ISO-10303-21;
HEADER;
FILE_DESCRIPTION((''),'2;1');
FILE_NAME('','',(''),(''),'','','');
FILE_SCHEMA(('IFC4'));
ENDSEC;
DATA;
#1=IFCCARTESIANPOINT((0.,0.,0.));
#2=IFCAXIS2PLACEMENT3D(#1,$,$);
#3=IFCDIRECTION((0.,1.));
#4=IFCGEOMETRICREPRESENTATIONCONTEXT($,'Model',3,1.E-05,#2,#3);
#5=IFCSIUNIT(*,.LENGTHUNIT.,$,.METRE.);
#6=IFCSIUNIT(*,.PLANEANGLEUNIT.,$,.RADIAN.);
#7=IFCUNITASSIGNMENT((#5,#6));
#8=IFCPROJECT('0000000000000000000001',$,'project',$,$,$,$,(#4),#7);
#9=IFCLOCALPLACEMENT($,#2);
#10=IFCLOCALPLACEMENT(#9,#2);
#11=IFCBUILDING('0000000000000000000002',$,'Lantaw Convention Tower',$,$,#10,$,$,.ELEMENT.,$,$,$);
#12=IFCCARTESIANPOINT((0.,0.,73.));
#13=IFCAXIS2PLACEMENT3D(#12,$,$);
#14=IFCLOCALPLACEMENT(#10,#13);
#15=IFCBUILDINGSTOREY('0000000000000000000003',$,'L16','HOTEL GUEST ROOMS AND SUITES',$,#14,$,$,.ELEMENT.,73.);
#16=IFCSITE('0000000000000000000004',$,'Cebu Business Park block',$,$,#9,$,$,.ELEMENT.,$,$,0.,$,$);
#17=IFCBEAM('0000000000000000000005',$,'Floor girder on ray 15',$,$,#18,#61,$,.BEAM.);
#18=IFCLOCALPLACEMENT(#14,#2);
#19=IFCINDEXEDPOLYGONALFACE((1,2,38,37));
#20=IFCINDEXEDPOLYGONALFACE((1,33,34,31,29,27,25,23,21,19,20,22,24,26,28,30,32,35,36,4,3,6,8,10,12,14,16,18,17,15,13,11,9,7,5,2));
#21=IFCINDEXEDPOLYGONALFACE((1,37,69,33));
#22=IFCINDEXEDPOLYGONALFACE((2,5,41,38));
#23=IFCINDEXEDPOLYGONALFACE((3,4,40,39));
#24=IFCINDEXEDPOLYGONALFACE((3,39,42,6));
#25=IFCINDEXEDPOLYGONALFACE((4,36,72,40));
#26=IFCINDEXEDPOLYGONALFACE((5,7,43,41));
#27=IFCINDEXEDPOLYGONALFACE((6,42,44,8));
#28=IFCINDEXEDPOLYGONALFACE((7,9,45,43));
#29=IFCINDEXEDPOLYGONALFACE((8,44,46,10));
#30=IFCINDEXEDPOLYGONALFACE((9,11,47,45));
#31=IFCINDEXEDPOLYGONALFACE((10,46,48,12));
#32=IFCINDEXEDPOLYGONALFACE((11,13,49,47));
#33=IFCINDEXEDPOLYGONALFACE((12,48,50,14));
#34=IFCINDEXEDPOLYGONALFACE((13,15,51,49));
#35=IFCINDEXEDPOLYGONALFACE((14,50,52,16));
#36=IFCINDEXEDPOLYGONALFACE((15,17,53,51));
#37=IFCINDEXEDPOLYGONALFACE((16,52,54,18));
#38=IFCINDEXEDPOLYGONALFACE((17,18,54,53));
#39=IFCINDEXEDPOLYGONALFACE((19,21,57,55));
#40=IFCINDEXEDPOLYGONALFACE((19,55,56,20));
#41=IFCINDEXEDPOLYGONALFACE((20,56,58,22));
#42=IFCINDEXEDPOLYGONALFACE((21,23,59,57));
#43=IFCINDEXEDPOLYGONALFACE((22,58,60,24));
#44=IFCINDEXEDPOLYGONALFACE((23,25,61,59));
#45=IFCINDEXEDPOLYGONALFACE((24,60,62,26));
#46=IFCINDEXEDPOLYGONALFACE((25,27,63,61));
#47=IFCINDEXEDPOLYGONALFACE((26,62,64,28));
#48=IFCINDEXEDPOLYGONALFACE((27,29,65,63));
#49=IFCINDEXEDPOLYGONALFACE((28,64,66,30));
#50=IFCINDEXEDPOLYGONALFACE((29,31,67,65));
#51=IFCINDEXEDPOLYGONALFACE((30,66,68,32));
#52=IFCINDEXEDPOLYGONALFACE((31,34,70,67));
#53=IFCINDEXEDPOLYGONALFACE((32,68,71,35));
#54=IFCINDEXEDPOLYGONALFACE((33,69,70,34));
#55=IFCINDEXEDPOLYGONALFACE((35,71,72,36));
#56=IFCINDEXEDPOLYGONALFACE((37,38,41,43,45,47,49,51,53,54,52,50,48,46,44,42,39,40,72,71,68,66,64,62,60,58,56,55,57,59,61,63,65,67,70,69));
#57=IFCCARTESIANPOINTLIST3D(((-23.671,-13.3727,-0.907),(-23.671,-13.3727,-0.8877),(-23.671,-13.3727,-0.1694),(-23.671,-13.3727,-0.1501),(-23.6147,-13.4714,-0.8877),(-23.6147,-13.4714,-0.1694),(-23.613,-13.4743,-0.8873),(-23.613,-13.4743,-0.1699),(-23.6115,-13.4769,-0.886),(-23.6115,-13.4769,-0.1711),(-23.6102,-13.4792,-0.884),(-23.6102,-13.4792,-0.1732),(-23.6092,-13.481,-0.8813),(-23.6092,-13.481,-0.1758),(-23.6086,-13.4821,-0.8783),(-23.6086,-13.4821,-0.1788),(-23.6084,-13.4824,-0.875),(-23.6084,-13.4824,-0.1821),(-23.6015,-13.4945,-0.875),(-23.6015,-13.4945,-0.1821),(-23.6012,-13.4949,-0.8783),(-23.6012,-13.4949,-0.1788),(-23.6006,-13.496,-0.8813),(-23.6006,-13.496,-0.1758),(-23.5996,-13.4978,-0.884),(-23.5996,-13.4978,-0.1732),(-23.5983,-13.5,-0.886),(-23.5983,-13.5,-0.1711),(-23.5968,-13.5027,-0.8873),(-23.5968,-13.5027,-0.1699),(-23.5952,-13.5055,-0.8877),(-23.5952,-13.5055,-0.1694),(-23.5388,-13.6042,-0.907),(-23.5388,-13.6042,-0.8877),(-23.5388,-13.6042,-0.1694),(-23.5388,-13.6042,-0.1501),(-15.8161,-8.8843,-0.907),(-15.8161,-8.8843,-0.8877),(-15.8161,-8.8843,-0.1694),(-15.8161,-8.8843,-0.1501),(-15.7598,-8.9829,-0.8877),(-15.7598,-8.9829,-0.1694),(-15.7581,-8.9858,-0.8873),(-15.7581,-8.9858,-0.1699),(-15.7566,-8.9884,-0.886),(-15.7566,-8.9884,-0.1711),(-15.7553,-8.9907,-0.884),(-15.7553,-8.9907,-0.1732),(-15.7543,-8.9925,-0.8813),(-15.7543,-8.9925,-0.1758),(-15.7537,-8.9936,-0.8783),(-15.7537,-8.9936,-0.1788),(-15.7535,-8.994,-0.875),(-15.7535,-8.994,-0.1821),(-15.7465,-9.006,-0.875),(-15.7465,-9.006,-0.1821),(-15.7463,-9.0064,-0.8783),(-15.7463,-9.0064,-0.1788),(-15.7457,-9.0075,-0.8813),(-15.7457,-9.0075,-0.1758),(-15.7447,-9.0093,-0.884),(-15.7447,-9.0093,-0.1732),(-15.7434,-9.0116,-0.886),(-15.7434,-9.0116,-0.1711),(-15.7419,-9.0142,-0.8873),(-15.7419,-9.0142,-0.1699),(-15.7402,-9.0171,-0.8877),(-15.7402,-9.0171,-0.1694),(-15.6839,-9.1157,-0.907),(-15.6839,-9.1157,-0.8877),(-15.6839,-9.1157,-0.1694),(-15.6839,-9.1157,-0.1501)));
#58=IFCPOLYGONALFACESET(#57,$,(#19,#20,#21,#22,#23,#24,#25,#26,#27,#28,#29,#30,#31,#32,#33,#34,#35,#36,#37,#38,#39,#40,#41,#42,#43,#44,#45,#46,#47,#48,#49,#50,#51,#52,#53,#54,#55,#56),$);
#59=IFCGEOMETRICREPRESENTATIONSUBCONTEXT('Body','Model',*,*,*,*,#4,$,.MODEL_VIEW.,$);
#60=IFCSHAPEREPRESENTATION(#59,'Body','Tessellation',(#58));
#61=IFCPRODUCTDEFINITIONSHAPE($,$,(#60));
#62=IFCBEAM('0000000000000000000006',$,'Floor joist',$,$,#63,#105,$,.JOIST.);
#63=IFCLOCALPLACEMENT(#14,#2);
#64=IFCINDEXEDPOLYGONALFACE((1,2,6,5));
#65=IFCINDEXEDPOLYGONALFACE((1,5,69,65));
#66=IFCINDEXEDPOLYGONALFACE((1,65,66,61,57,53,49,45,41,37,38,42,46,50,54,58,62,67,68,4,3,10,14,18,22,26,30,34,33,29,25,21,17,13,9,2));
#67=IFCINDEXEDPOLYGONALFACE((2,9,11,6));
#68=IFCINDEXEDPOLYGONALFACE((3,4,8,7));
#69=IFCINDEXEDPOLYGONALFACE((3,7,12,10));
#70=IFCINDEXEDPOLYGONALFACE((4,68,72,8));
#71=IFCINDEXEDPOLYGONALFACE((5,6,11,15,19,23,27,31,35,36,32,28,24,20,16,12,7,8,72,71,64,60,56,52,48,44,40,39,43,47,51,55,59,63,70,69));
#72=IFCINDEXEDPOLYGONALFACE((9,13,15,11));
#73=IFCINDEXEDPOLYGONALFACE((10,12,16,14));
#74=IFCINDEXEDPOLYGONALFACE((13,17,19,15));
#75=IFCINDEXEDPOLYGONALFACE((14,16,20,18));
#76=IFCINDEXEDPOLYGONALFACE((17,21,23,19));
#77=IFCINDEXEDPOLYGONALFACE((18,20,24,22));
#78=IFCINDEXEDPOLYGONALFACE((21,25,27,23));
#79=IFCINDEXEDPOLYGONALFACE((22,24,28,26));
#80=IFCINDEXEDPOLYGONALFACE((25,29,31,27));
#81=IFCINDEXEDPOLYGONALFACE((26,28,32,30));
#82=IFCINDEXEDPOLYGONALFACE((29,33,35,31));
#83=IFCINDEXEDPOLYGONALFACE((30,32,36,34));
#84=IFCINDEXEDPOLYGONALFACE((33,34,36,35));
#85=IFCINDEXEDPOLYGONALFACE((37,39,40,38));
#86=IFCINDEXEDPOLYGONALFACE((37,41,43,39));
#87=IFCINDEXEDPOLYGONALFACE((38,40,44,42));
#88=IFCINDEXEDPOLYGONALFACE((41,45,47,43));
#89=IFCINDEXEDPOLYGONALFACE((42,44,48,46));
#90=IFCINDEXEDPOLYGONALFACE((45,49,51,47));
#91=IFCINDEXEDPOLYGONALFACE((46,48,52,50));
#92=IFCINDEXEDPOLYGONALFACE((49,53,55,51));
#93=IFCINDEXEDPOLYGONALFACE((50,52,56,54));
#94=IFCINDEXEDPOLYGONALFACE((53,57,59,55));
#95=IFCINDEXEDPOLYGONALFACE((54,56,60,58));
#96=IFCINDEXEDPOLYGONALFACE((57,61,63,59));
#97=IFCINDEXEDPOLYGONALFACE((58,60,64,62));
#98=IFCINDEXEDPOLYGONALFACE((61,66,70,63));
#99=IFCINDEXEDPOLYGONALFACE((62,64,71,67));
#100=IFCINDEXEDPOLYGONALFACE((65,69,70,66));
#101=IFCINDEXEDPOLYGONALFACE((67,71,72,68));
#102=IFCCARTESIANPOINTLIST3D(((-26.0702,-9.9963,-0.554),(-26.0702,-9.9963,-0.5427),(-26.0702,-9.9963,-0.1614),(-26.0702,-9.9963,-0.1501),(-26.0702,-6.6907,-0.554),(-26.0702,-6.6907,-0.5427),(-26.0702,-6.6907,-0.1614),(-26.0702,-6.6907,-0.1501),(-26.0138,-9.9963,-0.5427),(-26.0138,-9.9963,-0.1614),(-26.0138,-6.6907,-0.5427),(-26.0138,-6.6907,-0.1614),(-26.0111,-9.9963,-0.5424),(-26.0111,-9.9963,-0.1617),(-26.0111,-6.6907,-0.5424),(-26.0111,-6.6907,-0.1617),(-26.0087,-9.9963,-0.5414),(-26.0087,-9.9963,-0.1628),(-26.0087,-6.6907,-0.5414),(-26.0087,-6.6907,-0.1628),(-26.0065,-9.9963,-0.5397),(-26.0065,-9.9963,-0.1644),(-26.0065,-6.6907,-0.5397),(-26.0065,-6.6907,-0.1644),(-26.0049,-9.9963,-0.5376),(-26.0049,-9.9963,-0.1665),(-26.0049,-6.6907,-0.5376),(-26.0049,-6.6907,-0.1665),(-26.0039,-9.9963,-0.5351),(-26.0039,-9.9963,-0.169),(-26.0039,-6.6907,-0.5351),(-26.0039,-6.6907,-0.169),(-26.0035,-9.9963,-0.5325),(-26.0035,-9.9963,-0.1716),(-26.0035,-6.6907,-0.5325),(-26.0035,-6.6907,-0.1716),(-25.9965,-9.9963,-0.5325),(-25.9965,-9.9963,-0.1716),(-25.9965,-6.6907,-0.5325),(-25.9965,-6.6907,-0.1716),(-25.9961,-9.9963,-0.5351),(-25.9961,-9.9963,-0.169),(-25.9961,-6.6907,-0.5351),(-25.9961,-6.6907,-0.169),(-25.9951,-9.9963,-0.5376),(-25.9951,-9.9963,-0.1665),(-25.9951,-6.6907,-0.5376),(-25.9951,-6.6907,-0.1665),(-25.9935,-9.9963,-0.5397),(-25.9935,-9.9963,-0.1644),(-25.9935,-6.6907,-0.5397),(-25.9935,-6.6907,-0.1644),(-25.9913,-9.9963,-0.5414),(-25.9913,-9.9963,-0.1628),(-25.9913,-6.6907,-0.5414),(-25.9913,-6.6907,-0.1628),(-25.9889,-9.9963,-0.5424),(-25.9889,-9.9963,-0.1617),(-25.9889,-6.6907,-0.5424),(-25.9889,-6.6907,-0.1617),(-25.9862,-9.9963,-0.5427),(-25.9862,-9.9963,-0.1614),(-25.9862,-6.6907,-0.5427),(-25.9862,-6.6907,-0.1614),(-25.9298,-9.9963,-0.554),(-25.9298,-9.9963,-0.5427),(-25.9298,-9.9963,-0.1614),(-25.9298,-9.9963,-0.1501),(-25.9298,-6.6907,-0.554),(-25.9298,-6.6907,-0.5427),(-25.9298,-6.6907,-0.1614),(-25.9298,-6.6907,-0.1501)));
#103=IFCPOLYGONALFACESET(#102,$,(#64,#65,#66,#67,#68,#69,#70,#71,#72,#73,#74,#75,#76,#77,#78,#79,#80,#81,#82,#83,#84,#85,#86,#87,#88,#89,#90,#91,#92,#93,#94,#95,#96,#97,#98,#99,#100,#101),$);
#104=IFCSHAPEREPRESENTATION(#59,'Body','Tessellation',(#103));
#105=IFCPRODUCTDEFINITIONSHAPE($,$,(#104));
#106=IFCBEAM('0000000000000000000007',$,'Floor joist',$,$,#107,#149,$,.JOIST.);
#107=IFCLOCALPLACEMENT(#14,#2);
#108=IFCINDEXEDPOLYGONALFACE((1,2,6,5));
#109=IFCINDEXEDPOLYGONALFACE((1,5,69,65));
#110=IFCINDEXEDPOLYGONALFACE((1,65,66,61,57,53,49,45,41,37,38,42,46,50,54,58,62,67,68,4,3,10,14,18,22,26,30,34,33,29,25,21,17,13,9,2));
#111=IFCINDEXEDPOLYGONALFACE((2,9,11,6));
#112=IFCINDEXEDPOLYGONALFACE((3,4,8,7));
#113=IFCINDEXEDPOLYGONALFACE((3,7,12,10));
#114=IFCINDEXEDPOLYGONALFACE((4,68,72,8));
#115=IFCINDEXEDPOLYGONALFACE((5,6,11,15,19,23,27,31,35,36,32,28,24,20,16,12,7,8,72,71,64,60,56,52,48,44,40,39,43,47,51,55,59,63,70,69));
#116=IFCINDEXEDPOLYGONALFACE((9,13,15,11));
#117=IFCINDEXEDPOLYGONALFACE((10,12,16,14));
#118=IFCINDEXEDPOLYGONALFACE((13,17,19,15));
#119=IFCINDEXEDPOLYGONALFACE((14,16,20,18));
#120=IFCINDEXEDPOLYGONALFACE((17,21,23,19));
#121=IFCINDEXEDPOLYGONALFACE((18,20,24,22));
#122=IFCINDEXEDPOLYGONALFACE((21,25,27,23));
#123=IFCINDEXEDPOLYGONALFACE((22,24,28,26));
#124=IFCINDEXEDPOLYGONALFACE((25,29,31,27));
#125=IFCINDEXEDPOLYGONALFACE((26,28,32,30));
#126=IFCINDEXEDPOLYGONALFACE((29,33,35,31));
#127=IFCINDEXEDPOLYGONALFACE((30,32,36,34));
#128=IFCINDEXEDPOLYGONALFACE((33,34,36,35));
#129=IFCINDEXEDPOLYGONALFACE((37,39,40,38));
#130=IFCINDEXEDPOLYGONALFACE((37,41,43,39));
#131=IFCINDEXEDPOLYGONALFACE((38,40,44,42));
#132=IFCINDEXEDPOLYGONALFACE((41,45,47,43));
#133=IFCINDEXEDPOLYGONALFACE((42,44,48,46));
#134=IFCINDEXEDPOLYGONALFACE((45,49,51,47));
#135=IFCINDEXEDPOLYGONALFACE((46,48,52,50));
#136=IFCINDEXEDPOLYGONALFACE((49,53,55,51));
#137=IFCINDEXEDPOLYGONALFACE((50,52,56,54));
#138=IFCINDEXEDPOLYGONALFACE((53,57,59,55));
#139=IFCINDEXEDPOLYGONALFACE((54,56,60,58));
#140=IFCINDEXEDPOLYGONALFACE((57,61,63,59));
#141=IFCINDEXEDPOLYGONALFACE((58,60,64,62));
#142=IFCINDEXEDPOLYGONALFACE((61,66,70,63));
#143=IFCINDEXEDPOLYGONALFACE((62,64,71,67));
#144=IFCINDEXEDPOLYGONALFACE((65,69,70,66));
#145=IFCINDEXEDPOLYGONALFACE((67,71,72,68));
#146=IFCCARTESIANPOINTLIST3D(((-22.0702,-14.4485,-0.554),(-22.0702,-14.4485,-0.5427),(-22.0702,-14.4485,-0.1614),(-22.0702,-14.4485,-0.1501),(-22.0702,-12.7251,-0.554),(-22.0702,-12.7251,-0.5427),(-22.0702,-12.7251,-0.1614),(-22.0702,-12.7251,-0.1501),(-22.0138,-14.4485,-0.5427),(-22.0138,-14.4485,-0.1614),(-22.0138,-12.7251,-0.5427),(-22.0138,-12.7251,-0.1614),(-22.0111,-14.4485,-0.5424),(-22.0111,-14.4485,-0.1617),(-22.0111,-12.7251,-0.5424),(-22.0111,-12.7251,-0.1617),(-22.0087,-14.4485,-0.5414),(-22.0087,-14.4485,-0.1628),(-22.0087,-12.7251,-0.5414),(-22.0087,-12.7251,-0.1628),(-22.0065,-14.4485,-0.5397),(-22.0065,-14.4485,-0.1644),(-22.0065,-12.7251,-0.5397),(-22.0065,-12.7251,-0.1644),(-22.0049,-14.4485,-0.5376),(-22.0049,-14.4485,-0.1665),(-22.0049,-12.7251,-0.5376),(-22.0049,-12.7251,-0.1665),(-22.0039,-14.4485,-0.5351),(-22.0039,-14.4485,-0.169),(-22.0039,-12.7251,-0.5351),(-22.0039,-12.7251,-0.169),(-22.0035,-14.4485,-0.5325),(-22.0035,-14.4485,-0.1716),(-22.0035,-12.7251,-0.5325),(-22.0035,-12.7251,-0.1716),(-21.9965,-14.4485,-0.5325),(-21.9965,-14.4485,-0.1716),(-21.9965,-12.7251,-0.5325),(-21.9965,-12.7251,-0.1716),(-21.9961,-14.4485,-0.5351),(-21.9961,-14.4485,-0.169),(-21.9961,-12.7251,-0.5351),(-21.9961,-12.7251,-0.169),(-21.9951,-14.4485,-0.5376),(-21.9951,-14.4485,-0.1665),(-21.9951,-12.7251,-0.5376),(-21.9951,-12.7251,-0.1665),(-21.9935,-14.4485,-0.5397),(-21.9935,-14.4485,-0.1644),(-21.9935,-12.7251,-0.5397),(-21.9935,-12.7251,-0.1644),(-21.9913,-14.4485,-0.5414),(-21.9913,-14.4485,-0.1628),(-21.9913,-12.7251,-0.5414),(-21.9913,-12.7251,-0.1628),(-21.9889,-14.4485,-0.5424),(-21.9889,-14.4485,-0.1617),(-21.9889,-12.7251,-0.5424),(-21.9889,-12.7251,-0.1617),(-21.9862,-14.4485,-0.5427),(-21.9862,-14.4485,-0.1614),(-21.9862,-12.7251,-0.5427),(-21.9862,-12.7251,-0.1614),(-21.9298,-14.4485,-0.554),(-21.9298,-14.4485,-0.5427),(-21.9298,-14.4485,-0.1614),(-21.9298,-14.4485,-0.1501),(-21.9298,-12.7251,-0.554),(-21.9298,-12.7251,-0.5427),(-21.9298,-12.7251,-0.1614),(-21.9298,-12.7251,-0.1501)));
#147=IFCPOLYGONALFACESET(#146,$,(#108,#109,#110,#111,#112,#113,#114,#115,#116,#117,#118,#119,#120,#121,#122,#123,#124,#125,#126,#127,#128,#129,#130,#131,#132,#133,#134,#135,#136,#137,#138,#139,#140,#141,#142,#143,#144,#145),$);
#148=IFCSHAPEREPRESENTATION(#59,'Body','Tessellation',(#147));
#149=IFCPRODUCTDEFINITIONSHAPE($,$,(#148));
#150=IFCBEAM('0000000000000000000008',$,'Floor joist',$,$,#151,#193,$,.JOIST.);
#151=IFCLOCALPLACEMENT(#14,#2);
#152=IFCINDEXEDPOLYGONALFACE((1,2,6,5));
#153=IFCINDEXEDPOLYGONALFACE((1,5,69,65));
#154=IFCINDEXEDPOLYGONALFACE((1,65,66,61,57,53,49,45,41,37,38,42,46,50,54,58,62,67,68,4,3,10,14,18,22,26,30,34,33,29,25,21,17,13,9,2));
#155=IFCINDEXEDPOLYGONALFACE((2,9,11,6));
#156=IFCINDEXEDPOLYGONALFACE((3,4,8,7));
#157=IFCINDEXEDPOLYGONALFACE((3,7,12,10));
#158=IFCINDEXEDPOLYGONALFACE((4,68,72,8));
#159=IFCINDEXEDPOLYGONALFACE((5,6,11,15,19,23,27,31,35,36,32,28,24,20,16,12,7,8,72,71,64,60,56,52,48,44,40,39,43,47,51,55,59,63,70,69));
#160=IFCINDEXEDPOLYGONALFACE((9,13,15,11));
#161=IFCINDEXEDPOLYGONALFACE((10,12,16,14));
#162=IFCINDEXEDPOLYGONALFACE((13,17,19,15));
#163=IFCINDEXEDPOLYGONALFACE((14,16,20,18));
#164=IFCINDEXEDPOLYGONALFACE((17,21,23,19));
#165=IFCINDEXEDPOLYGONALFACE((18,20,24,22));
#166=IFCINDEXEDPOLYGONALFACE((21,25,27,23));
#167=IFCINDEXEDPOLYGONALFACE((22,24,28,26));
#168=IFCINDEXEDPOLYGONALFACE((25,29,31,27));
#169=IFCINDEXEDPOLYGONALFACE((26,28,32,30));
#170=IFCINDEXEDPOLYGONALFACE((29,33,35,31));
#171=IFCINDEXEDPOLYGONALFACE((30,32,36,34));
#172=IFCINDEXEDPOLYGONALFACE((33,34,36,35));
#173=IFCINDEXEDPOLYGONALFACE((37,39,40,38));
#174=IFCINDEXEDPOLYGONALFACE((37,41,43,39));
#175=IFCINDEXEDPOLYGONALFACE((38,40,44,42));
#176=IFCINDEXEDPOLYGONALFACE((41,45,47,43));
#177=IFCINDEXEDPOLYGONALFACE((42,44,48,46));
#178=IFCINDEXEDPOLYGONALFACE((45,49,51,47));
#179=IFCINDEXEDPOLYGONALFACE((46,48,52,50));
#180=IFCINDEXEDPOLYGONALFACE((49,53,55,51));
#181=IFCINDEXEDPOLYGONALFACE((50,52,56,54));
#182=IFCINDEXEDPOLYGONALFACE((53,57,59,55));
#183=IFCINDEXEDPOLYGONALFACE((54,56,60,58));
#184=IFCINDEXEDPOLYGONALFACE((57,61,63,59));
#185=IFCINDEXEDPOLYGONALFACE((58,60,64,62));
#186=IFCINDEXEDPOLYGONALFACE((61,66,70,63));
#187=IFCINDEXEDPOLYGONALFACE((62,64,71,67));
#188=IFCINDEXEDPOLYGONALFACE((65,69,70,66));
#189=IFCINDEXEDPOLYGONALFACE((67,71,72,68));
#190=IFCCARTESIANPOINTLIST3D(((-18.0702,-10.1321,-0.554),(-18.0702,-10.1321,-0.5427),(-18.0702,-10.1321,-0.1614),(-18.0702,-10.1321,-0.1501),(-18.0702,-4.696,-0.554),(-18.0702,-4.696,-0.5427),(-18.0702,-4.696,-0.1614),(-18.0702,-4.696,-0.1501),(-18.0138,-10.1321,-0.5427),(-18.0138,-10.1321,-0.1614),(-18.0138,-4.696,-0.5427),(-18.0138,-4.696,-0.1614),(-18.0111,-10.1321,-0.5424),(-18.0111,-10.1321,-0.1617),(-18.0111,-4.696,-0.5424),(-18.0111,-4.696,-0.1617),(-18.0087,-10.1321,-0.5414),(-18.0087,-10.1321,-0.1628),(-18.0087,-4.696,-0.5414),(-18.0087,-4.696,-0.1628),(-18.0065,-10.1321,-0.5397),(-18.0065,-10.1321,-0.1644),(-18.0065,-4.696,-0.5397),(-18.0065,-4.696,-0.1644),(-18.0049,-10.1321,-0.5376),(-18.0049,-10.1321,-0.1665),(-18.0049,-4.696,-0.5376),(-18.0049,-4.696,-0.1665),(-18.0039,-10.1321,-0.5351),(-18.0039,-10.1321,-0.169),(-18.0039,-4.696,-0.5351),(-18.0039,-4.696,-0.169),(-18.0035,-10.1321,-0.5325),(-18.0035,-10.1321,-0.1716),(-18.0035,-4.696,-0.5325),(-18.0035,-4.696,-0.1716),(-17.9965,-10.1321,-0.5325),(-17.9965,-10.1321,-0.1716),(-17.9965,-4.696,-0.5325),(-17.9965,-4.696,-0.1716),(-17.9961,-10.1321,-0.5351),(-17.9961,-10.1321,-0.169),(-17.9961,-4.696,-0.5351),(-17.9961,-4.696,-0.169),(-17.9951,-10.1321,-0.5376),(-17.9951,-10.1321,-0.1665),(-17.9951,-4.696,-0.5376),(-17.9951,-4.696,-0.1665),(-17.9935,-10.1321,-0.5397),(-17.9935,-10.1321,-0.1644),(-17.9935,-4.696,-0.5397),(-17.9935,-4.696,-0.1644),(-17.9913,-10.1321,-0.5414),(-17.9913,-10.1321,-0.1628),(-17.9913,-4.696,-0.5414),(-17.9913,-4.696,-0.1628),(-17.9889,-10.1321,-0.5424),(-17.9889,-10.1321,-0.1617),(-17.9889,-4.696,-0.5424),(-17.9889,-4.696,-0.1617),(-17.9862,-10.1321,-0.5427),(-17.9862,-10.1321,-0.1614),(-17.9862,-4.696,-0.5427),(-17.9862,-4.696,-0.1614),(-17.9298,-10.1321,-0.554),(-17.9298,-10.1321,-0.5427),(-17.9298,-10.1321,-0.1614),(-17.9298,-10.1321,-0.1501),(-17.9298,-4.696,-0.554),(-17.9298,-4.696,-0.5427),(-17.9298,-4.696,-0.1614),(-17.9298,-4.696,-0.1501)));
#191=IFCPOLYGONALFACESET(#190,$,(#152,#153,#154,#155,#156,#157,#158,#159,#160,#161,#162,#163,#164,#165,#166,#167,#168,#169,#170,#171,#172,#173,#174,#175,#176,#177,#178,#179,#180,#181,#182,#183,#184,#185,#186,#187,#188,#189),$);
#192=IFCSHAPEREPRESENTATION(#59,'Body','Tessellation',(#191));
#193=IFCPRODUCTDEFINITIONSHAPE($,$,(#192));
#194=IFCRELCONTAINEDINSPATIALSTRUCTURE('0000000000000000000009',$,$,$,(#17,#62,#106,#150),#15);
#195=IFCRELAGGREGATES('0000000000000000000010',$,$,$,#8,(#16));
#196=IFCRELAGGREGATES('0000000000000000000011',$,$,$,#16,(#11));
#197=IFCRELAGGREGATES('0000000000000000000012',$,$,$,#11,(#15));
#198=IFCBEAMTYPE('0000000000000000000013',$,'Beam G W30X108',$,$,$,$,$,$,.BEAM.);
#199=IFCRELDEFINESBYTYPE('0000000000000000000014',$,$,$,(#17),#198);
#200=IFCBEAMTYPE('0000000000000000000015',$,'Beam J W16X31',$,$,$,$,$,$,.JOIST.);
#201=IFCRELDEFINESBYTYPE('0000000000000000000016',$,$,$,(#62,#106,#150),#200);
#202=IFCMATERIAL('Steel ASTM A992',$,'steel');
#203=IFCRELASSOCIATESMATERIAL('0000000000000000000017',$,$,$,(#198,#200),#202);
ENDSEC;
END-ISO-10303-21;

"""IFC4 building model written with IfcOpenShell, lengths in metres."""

from ifc_helpers import new_model, si_unit, direction, frame, origin, origin_2d, place, context, subcontext, project, spatial, i_section, extrude, material, material_profile, profile_set, type_object, element, save


model = new_model("IFC4")

# Units and contexts
model_context = context("Model", 3, precision=1e-05, world=origin(), true_north=direction((0.0, 1.0)))
body_context = subcontext(model_context, "Body", "Model", "MODEL_VIEW")
ifc_project = project(units=[si_unit("LENGTHUNIT", "METRE"), si_unit("PLANEANGLEUNIT", "RADIAN")], contexts=[model_context])

# Site, building, storey
site_placement = place(None, origin())
site = spatial("IfcSite", under=ifc_project, at=site_placement, Name="Cebu Business Park block", CompositionType="ELEMENT", RefElevation=0.0)
building_placement = place(site_placement, origin())
building = spatial("IfcBuilding", under=site, at=building_placement, Name="Lantaw Convention Tower", CompositionType="ELEMENT")
storey_placement = place(building_placement, frame((0.0, 0.0, 73.0)))
storey = spatial("IfcBuildingStorey", under=building, at=storey_placement, Name="L16", Description="HOTEL GUEST ROOMS AND SUITES", CompositionType="ELEMENT", Elevation=73.0)

# Beams
ifc_material_1 = material(Name="Steel ASTM A992", Category="steel")
ifc_material_profile_1 = material_profile(ifc_material_1, i_section(OverallWidth=0.2666, OverallDepth=0.7568, WebThickness=0.0139, FlangeThickness=0.0193, FilletRadius=0.0127, at=origin_2d()), Name="W30X108")
ifc_profile_set_1 = profile_set([ifc_material_profile_1], Name="Steel ASTM A992")
beam_type_1 = type_object("IfcBeamType", Name="Beam G W30X108", PredefinedType="BEAM", material=ifc_profile_set_1)
beam_1_placement = place(storey_placement, frame((-15.75, -9.0, -0.5286), z_axis=(-0.868245, -0.496136, 0.0), x_axis=(0.496136, -0.868245, 0.0)))
element("IfcBeam", 1, at=beam_1_placement, inside=storey, type_object=beam_type_1, Name="Floor girder on ray 15", PredefinedType="BEAM", context=body_context, shape_type="SweptSolid", body=[
    extrude(i_section(OverallWidth=0.2666, OverallDepth=0.7568, WebThickness=0.0139, FlangeThickness=0.0193, FilletRadius=0.0127, at=origin_2d()), origin(), (0.0, 0.0, 1.0), 9.0469),
])
ifc_material_profile_2 = material_profile(ifc_material_1, i_section(OverallWidth=0.1404, OverallDepth=0.4038, WebThickness=0.0071, FlangeThickness=0.0112, FilletRadius=0.0103, at=origin_2d()), Name="W16X31")
ifc_profile_set_2 = profile_set([ifc_material_profile_2], Name="Steel ASTM A992")
beam_type_2 = type_object("IfcBeamType", Name="Beam J W16X31", PredefinedType="JOIST", material=ifc_profile_set_2)
beam_2_placement = place(storey_placement, frame((-26.0, -9.9963, -0.3521), z_axis=(0.0, 1.0, 0.0), x_axis=(-1.0, 0.0, 0.0)))
element("IfcBeam", 2, at=beam_2_placement, inside=storey, type_object=beam_type_2, Name="Floor joist", PredefinedType="JOIST", context=body_context, shape_type="SweptSolid", body=[
    extrude(i_section(OverallWidth=0.1404, OverallDepth=0.4038, WebThickness=0.0071, FlangeThickness=0.0112, FilletRadius=0.0103, at=origin_2d()), origin(), (0.0, 0.0, 1.0), 3.3057),
])
beam_3_placement = place(storey_placement, frame((-22.0, -14.4485, -0.3521), z_axis=(0.0, 1.0, 0.0), x_axis=(-1.0, 0.0, 0.0)))
element("IfcBeam", 3, at=beam_3_placement, inside=storey, type_object=beam_type_2, Name="Floor joist", PredefinedType="JOIST", context=body_context, shape_type="SweptSolid", body=[
    extrude(i_section(OverallWidth=0.1404, OverallDepth=0.4038, WebThickness=0.0071, FlangeThickness=0.0112, FilletRadius=0.0103, at=origin_2d()), origin(), (0.0, 0.0, 1.0), 1.7234),
])
beam_4_placement = place(storey_placement, frame((-18.0, -10.1321, -0.3521), z_axis=(0.0, 1.0, 0.0), x_axis=(-1.0, 0.0, 0.0)))
element("IfcBeam", 4, at=beam_4_placement, inside=storey, type_object=beam_type_2, Name="Floor joist", PredefinedType="JOIST", context=body_context, shape_type="SweptSolid", body=[
    extrude(i_section(OverallWidth=0.1404, OverallDepth=0.4038, WebThickness=0.0071, FlangeThickness=0.0112, FilletRadius=0.0103, at=origin_2d()), origin(), (0.0, 0.0, 1.0), 5.436),
])

save(model, "model.ifc")
